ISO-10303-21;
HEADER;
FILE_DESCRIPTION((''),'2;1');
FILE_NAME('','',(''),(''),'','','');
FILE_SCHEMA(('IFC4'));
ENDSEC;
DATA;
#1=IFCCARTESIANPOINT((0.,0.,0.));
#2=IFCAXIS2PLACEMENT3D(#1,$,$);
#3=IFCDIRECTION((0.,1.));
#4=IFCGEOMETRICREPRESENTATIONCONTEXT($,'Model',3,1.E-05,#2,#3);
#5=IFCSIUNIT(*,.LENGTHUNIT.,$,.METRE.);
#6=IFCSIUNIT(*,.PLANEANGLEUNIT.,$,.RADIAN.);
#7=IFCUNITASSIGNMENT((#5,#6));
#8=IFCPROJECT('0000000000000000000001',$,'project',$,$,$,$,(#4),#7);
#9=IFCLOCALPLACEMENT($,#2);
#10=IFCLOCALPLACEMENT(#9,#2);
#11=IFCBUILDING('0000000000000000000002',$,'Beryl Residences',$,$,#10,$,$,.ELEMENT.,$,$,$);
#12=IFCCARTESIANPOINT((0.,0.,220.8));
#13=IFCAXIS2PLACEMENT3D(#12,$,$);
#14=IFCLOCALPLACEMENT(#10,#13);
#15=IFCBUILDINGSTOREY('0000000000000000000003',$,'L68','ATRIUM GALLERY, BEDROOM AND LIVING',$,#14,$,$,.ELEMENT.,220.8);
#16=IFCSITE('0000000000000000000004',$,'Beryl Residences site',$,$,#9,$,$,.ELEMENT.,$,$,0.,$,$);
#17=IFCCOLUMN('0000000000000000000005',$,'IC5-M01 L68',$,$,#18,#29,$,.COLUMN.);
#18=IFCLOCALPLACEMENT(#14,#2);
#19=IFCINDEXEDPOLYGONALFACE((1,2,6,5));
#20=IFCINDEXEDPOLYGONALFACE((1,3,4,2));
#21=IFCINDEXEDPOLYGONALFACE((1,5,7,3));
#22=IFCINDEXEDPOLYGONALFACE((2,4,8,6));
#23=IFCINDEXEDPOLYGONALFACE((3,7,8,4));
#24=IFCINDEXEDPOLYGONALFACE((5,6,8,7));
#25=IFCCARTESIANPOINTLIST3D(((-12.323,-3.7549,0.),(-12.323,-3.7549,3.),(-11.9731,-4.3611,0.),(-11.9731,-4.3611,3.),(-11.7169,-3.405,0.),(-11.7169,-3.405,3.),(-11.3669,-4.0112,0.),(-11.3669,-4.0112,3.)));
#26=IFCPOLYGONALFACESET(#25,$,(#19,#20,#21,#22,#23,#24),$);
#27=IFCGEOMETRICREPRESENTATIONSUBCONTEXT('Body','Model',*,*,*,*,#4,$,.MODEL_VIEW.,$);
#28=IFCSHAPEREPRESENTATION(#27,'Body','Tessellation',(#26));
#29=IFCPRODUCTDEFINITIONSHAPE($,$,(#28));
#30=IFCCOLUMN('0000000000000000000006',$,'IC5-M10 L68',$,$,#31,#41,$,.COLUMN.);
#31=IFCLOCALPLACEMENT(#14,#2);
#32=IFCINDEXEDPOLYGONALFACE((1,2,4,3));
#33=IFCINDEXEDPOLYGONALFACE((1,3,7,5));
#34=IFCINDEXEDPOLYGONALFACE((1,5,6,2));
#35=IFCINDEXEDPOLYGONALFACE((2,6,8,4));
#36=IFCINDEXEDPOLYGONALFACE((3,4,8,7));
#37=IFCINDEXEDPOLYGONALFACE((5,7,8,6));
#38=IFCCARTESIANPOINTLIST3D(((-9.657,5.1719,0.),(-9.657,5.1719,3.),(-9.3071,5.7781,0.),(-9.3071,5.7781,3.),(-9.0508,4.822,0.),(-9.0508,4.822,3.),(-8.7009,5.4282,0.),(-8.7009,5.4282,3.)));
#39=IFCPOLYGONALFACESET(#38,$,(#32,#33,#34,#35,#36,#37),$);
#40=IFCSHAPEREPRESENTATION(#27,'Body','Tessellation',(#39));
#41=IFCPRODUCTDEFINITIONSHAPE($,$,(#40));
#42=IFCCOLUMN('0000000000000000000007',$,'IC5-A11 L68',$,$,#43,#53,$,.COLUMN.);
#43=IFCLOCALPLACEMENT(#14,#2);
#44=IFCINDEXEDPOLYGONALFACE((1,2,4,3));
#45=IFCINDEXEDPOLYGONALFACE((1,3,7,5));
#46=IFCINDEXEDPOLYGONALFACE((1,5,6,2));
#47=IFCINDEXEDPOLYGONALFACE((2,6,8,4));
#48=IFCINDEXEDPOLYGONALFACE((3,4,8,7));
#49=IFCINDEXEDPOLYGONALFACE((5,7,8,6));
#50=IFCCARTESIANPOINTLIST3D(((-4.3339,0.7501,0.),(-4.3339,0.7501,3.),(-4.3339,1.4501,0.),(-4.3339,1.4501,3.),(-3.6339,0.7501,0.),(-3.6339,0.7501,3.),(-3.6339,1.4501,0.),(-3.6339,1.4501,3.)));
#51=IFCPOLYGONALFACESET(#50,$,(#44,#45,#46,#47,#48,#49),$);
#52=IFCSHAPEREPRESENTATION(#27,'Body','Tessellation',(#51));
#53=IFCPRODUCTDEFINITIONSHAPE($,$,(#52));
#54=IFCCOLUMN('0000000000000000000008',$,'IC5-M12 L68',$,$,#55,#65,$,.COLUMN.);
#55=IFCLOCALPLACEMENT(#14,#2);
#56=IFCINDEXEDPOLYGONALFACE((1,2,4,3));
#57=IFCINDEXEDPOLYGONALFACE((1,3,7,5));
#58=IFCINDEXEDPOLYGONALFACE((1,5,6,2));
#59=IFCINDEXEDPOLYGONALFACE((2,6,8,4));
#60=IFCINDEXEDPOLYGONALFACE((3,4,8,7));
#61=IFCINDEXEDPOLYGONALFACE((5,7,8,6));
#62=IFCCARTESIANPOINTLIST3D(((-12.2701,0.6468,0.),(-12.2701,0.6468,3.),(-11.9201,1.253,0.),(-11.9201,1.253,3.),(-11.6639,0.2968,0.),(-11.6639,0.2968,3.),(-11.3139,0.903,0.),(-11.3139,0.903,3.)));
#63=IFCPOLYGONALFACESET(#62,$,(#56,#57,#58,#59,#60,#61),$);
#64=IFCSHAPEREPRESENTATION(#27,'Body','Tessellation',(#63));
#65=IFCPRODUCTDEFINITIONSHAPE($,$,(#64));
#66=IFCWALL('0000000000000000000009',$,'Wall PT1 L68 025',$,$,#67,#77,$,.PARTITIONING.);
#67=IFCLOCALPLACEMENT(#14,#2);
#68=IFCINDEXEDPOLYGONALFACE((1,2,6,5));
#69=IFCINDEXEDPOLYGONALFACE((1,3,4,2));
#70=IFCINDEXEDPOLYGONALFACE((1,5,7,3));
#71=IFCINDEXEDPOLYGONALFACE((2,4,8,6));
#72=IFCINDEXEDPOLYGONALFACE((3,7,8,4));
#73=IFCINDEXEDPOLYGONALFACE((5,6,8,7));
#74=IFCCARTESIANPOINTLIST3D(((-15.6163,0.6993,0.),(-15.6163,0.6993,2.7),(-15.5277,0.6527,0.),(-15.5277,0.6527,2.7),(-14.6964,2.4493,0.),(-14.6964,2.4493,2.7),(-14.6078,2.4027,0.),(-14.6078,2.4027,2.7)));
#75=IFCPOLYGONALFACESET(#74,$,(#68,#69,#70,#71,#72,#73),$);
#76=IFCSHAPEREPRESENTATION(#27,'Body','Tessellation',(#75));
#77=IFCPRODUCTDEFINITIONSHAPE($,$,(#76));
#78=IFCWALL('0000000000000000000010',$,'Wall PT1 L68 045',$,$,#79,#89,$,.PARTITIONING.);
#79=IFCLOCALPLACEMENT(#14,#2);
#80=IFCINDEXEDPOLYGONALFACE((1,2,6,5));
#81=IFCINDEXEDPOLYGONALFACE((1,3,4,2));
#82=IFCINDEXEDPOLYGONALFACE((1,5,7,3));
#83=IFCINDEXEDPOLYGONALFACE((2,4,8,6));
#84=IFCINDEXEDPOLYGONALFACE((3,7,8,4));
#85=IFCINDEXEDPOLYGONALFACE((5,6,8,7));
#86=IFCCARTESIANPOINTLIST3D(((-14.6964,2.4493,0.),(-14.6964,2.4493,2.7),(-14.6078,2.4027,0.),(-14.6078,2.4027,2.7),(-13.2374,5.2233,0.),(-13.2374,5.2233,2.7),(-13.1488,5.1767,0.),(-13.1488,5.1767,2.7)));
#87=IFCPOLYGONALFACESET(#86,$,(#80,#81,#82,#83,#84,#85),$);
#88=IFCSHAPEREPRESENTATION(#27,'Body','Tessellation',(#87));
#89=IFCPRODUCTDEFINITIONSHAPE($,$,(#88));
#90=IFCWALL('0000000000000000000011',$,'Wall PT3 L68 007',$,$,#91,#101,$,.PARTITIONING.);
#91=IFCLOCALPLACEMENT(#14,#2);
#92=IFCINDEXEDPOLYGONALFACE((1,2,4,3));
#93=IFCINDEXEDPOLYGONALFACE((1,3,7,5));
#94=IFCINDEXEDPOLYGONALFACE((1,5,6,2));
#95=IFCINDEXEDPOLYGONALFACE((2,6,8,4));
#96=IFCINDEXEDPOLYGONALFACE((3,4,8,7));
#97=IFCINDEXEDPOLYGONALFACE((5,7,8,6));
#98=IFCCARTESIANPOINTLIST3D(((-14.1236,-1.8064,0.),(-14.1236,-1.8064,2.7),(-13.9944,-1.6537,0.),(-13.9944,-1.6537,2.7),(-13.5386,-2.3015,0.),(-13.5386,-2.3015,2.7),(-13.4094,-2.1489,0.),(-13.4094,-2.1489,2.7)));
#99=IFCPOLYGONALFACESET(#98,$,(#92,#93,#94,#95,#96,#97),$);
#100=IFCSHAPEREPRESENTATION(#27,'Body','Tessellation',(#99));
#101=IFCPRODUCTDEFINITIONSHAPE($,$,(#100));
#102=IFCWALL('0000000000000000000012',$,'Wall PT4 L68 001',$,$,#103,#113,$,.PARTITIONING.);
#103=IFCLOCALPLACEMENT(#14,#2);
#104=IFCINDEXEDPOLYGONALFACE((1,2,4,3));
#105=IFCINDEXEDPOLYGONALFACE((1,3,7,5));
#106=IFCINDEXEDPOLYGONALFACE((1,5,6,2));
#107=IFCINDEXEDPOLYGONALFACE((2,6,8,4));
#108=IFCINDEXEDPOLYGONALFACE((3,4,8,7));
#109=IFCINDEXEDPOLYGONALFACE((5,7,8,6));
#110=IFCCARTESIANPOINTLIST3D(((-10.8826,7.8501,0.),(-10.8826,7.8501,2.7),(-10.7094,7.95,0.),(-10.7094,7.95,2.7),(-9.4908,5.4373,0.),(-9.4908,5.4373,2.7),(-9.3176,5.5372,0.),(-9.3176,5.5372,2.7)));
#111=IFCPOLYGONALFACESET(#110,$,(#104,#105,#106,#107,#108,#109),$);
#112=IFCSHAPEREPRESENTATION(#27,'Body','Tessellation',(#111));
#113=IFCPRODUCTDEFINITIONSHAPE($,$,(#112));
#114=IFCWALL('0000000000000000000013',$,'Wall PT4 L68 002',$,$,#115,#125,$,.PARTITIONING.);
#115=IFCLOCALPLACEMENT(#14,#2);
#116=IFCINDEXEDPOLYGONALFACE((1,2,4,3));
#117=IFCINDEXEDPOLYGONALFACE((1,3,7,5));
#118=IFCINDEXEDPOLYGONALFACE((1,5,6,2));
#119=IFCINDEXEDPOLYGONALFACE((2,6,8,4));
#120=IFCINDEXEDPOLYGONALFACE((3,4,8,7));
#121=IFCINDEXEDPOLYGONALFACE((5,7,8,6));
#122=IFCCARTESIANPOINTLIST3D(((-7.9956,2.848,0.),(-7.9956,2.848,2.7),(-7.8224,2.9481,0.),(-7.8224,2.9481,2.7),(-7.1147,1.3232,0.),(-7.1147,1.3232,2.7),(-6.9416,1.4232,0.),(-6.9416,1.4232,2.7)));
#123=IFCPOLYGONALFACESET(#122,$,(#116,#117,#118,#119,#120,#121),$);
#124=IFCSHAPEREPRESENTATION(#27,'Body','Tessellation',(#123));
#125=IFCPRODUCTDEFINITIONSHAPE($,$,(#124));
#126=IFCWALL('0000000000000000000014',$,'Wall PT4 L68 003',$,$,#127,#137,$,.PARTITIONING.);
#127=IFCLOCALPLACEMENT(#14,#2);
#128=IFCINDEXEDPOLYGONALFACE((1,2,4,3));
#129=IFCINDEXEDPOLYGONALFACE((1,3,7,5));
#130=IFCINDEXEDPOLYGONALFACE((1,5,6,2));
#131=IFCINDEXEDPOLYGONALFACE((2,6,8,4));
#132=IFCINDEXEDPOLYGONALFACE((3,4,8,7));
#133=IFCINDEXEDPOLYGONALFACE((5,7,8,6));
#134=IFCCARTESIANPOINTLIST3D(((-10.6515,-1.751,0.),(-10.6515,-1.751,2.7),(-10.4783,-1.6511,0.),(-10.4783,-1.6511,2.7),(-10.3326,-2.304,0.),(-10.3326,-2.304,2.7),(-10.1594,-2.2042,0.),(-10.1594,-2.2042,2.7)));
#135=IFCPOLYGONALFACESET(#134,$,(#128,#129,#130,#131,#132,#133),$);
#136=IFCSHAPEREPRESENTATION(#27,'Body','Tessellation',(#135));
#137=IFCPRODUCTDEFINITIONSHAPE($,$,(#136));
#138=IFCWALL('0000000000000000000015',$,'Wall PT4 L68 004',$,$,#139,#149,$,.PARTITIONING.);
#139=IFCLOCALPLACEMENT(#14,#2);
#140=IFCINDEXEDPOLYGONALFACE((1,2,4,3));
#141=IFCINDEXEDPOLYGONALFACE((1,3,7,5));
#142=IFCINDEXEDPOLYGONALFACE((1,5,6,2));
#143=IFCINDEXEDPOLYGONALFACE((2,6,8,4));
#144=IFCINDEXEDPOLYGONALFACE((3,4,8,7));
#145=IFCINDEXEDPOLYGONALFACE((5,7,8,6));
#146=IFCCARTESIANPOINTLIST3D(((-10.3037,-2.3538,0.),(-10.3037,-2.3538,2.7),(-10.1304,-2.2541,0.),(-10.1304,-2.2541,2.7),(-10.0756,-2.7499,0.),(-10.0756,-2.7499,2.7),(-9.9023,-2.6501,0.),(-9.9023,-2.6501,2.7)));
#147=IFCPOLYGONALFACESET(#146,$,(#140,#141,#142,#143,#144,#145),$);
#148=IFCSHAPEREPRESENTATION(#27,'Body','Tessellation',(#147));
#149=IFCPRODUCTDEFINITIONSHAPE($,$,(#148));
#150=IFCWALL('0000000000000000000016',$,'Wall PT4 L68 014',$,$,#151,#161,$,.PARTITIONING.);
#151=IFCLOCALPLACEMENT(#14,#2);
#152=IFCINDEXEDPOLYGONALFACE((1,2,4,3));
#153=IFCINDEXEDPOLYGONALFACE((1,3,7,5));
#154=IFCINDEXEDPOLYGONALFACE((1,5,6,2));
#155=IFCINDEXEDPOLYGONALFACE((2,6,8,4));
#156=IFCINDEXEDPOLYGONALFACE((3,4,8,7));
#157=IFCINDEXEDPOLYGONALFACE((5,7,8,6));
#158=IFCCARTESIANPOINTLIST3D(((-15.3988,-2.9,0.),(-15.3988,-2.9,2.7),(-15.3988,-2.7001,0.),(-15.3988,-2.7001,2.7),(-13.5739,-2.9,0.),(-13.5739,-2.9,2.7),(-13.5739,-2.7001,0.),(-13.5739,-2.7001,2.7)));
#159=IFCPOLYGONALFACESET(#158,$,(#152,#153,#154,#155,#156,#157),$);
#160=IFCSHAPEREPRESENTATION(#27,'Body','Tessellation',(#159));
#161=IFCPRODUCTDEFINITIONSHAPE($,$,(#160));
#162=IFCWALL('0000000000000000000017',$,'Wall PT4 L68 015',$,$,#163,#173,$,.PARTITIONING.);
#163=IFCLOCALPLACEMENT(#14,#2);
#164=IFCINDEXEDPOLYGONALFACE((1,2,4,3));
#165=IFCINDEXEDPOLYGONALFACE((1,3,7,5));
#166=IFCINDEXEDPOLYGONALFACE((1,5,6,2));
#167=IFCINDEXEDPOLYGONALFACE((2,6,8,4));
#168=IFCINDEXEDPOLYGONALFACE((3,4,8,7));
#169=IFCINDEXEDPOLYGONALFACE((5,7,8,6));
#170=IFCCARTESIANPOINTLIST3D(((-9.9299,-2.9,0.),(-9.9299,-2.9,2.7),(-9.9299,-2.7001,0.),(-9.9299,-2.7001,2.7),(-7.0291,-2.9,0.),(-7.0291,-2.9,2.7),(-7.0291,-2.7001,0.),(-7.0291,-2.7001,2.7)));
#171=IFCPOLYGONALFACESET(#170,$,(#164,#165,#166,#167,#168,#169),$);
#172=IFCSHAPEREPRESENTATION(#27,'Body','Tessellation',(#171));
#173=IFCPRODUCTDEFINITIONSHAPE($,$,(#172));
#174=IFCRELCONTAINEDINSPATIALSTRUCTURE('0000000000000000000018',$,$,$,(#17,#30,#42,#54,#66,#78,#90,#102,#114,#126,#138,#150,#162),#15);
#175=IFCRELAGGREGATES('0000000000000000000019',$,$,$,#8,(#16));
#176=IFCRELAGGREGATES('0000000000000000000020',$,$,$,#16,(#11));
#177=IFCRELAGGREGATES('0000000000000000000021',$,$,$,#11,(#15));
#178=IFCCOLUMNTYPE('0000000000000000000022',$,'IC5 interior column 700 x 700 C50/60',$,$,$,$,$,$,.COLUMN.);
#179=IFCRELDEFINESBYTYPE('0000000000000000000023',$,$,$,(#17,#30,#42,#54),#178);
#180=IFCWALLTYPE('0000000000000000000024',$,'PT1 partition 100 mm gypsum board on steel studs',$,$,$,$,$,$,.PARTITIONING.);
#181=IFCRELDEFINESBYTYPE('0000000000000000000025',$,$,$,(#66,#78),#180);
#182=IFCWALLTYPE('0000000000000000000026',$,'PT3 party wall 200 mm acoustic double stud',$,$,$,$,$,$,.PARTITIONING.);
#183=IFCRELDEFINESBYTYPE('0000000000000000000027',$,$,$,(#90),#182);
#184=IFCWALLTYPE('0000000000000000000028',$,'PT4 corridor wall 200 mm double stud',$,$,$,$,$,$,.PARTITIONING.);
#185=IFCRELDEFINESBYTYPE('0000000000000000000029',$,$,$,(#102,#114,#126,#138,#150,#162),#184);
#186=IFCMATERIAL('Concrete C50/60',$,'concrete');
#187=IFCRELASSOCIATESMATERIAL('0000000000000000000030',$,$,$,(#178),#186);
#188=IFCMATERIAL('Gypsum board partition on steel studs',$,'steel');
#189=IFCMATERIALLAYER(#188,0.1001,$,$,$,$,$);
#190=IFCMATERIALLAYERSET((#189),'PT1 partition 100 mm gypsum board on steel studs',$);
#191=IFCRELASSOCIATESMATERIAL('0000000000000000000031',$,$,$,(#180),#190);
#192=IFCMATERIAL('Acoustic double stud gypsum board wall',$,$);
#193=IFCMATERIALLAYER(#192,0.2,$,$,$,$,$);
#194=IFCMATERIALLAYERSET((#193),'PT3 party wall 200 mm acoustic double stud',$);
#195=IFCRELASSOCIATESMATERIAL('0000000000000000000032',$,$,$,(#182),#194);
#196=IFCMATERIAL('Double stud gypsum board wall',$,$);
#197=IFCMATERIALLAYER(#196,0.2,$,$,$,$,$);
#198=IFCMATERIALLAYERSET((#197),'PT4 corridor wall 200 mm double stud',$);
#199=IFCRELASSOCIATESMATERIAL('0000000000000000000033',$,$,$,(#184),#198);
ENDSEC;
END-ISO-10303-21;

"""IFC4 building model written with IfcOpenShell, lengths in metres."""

from ifc_helpers import new_model, si_unit, direction, frame, frame_2d, origin, origin_2d, place, context, subcontext, project, spatial, rectangle, extrude, material, layer, layer_set, material_profile, profile_set, type_object, element, save


model = new_model("IFC4")

# Units and contexts
model_context = context("Model", 3, precision=1e-05, world=origin(), true_north=direction((0.0, 1.0)))
body_context = subcontext(model_context, "Body", "Model", "MODEL_VIEW")
ifc_project = project(units=[si_unit("LENGTHUNIT", "METRE"), si_unit("PLANEANGLEUNIT", "RADIAN")], contexts=[model_context])

# Site, building, storey
site_placement = place(None, origin())
site = spatial("IfcSite", under=ifc_project, at=site_placement, Name="Beryl Residences site", CompositionType="ELEMENT", RefElevation=0.0)
building_placement = place(site_placement, origin())
building = spatial("IfcBuilding", under=site, at=building_placement, Name="Beryl Residences", CompositionType="ELEMENT")
storey_placement = place(building_placement, frame((0.0, 0.0, 220.8)))
storey = spatial("IfcBuildingStorey", under=building, at=storey_placement, Name="L68", Description="ATRIUM GALLERY, BEDROOM AND LIVING", CompositionType="ELEMENT", Elevation=220.8)

# Columns
ifc_material_1 = material(Name="Concrete C50/60", Category="concrete")
ifc_material_profile = material_profile(ifc_material_1, rectangle(XDim=0.7, YDim=0.7, at=origin_2d()))
ifc_profile_set = profile_set([ifc_material_profile], Name="Concrete C50/60")
column_type = type_object("IfcColumnType", Name="IC5 interior column 700 x 700 C50/60", PredefinedType="COLUMN", material=ifc_profile_set)
for number, where, z_axis, x_axis, name in (
    (1, (-11.845, -3.8831, 0.0), (0.0, 0.0, 1.0), (0.499985, -0.866034, 0.0), "IC5-M01 L68"),
    (2, (-9.179, 5.3, 0.0), (0.0, 0.0, 1.0), (-0.49997, -0.866043, 0.0), "IC5-M10 L68"),
    (3, (-3.9839, 1.1001, 0.0), (0.0, 0.0, 1.0), (1.0, 0.0, 0.0), "IC5-A11 L68"),
    (4, (-11.792, 0.7749, 0.0), (0.0, 0.0, 1.0), (-0.49997, -0.866043, 0.0), "IC5-M12 L68"),
):
    element("IfcColumn", number, at=place(storey_placement, frame(where, z_axis=z_axis, x_axis=x_axis)), inside=storey, type_object=column_type, Name=name, PredefinedType="COLUMN", context=body_context, shape_type="SweptSolid", body=[
        extrude(rectangle(XDim=0.7, YDim=0.7, at=origin_2d()), origin(), (0.0, 0.0, 1.0), 3.0),
    ])

# Walls
ifc_material_2 = material(Name="Gypsum board partition on steel studs", Category="steel")
ifc_layer_1 = layer(ifc_material_2, 0.1001)
ifc_layer_set_1 = layer_set([ifc_layer_1], Name="PT1 partition 100 mm gypsum board on steel studs")
wall_type_1 = type_object("IfcWallType", Name="PT1 partition 100 mm gypsum board on steel studs", PredefinedType="PARTITIONING", material=ifc_layer_set_1)
wall_1_placement = place(storey_placement, frame((-15.572, 0.676, 0.0), z_axis=(0.0, 0.0, 1.0), x_axis=(0.465298, 0.885154, 0.0)))
element("IfcWall", 5, at=wall_1_placement, inside=storey, type_object=wall_type_1, Name="Wall PT1 L68 025", PredefinedType="PARTITIONING", context=body_context, shape_type="SweptSolid", body=[
    extrude(rectangle(XDim=1.9771, YDim=0.1001, at=frame_2d((0.9885, 0.0))), origin(), (0.0, 0.0, 1.0), 2.7),
])
wall_2_placement = place(storey_placement, frame((-14.6521, 2.426, 0.0), z_axis=(0.0, 0.0, 1.0), x_axis=(0.465502, 0.885047, 0.0)))
element("IfcWall", 6, at=wall_2_placement, inside=storey, type_object=wall_type_1, Name="Wall PT1 L68 045", PredefinedType="PARTITIONING", context=body_context, shape_type="SweptSolid", body=[
    extrude(rectangle(XDim=3.1343, YDim=0.1001, at=frame_2d((1.5671, 0.0))), origin(), (0.0, 0.0, 1.0), 2.7),
])
ifc_material_3 = material(Name="Acoustic double stud gypsum board wall")
ifc_layer_2 = layer(ifc_material_3, 0.2)
ifc_layer_set_2 = layer_set([ifc_layer_2], Name="PT3 party wall 200 mm acoustic double stud")
wall_type_2 = type_object("IfcWallType", Name="PT3 party wall 200 mm acoustic double stud", PredefinedType="PARTITIONING", material=ifc_layer_set_2)
wall_3_placement = place(storey_placement, frame((-14.0591, -1.73, 0.0), z_axis=(0.0, 0.0, 1.0), x_axis=(0.76329, -0.646056, 0.0)))
element("IfcWall", 7, at=wall_3_placement, inside=storey, type_object=wall_type_2, Name="Wall PT3 L68 007", PredefinedType="PARTITIONING", context=body_context, shape_type="SweptSolid", body=[
    extrude(rectangle(XDim=0.7664, YDim=0.2, at=frame_2d((0.3833, 0.0))), origin(), (0.0, 0.0, 1.0), 2.7),
])
ifc_material_4 = material(Name="Double stud gypsum board wall")
ifc_layer_3 = layer(ifc_material_4, 0.2)
ifc_layer_set_3 = layer_set([ifc_layer_3], Name="PT4 corridor wall 200 mm double stud")
wall_type_3 = type_object("IfcWallType", Name="PT4 corridor wall 200 mm double stud", PredefinedType="PARTITIONING", material=ifc_layer_set_3)
wall_4_placement = place(storey_placement, frame((-10.7959, 7.8999, 0.0), z_axis=(0.0, 0.0, 1.0), x_axis=(0.499674, -0.866213, 0.0)))
element("IfcWall", 8, at=wall_4_placement, inside=storey, type_object=wall_type_3, Name="Wall PT4 L68 001", PredefinedType="PARTITIONING", context=body_context, shape_type="SweptSolid", body=[
    extrude(rectangle(XDim=2.7854, YDim=0.2, at=frame_2d((1.3926, 0.0))), origin(), (0.0, 0.0, 1.0), 2.7),
])
wall_5_placement = place(storey_placement, frame((-7.9089, 2.8979, 0.0), z_axis=(0.0, 0.0, 1.0), x_axis=(0.500194, -0.865913, 0.0)))
element("IfcWall", 9, at=wall_5_placement, inside=storey, type_object=wall_type_3, Name="Wall PT4 L68 002", PredefinedType="PARTITIONING", context=body_context, shape_type="SweptSolid", body=[
    extrude(rectangle(XDim=1.761, YDim=0.2, at=frame_2d((0.8804, 0.0))), origin(), (0.0, 0.0, 1.0), 2.7),
])
wall_6_placement = place(storey_placement, frame((-10.5649, -1.7009, 0.0), z_axis=(0.0, 0.0, 1.0), x_axis=(0.499513, -0.866307, 0.0)))
element("IfcWall", 10, at=wall_6_placement, inside=storey, type_object=wall_type_3, Name="Wall PT4 L68 003", PredefinedType="PARTITIONING", context=body_context, shape_type="SweptSolid", body=[
    extrude(rectangle(XDim=0.6384, YDim=0.2, at=frame_2d((0.3193, 0.0))), origin(), (0.0, 0.0, 1.0), 2.7),
])
wall_7_placement = place(storey_placement, frame((-10.217, -2.304, 0.0), z_axis=(0.0, 0.0, 1.0), x_axis=(0.499013, -0.866594, 0.0)))
element("IfcWall", 11, at=wall_7_placement, inside=storey, type_object=wall_type_3, Name="Wall PT4 L68 004", PredefinedType="PARTITIONING", context=body_context, shape_type="SweptSolid", body=[
    extrude(rectangle(XDim=0.457, YDim=0.2, at=frame_2d((0.2285, 0.0))), origin(), (0.0, 0.0, 1.0), 2.7),
])
wall_8_placement = place(storey_placement, frame((-15.3989, -2.8, 0.0), z_axis=(0.0, 0.0, 1.0), x_axis=(1.0, 0.0, 0.0)))
element("IfcWall", 12, at=wall_8_placement, inside=storey, type_object=wall_type_3, Name="Wall PT4 L68 014", PredefinedType="PARTITIONING", context=body_context, shape_type="SweptSolid", body=[
    extrude(rectangle(XDim=1.825, YDim=0.2, at=frame_2d((0.9126, 0.0))), origin(), (0.0, 0.0, 1.0), 2.7),
])
wall_9_placement = place(storey_placement, frame((-9.9299, -2.8, 0.0), z_axis=(0.0, 0.0, 1.0), x_axis=(1.0, 0.0, 0.0)))
element("IfcWall", 13, at=wall_9_placement, inside=storey, type_object=wall_type_3, Name="Wall PT4 L68 015", PredefinedType="PARTITIONING", context=body_context, shape_type="SweptSolid", body=[
    extrude(rectangle(XDim=2.9009, YDim=0.2, at=frame_2d((1.4504, 0.0))), origin(), (0.0, 0.0, 1.0), 2.7),
])

save(model, "model.ifc")
